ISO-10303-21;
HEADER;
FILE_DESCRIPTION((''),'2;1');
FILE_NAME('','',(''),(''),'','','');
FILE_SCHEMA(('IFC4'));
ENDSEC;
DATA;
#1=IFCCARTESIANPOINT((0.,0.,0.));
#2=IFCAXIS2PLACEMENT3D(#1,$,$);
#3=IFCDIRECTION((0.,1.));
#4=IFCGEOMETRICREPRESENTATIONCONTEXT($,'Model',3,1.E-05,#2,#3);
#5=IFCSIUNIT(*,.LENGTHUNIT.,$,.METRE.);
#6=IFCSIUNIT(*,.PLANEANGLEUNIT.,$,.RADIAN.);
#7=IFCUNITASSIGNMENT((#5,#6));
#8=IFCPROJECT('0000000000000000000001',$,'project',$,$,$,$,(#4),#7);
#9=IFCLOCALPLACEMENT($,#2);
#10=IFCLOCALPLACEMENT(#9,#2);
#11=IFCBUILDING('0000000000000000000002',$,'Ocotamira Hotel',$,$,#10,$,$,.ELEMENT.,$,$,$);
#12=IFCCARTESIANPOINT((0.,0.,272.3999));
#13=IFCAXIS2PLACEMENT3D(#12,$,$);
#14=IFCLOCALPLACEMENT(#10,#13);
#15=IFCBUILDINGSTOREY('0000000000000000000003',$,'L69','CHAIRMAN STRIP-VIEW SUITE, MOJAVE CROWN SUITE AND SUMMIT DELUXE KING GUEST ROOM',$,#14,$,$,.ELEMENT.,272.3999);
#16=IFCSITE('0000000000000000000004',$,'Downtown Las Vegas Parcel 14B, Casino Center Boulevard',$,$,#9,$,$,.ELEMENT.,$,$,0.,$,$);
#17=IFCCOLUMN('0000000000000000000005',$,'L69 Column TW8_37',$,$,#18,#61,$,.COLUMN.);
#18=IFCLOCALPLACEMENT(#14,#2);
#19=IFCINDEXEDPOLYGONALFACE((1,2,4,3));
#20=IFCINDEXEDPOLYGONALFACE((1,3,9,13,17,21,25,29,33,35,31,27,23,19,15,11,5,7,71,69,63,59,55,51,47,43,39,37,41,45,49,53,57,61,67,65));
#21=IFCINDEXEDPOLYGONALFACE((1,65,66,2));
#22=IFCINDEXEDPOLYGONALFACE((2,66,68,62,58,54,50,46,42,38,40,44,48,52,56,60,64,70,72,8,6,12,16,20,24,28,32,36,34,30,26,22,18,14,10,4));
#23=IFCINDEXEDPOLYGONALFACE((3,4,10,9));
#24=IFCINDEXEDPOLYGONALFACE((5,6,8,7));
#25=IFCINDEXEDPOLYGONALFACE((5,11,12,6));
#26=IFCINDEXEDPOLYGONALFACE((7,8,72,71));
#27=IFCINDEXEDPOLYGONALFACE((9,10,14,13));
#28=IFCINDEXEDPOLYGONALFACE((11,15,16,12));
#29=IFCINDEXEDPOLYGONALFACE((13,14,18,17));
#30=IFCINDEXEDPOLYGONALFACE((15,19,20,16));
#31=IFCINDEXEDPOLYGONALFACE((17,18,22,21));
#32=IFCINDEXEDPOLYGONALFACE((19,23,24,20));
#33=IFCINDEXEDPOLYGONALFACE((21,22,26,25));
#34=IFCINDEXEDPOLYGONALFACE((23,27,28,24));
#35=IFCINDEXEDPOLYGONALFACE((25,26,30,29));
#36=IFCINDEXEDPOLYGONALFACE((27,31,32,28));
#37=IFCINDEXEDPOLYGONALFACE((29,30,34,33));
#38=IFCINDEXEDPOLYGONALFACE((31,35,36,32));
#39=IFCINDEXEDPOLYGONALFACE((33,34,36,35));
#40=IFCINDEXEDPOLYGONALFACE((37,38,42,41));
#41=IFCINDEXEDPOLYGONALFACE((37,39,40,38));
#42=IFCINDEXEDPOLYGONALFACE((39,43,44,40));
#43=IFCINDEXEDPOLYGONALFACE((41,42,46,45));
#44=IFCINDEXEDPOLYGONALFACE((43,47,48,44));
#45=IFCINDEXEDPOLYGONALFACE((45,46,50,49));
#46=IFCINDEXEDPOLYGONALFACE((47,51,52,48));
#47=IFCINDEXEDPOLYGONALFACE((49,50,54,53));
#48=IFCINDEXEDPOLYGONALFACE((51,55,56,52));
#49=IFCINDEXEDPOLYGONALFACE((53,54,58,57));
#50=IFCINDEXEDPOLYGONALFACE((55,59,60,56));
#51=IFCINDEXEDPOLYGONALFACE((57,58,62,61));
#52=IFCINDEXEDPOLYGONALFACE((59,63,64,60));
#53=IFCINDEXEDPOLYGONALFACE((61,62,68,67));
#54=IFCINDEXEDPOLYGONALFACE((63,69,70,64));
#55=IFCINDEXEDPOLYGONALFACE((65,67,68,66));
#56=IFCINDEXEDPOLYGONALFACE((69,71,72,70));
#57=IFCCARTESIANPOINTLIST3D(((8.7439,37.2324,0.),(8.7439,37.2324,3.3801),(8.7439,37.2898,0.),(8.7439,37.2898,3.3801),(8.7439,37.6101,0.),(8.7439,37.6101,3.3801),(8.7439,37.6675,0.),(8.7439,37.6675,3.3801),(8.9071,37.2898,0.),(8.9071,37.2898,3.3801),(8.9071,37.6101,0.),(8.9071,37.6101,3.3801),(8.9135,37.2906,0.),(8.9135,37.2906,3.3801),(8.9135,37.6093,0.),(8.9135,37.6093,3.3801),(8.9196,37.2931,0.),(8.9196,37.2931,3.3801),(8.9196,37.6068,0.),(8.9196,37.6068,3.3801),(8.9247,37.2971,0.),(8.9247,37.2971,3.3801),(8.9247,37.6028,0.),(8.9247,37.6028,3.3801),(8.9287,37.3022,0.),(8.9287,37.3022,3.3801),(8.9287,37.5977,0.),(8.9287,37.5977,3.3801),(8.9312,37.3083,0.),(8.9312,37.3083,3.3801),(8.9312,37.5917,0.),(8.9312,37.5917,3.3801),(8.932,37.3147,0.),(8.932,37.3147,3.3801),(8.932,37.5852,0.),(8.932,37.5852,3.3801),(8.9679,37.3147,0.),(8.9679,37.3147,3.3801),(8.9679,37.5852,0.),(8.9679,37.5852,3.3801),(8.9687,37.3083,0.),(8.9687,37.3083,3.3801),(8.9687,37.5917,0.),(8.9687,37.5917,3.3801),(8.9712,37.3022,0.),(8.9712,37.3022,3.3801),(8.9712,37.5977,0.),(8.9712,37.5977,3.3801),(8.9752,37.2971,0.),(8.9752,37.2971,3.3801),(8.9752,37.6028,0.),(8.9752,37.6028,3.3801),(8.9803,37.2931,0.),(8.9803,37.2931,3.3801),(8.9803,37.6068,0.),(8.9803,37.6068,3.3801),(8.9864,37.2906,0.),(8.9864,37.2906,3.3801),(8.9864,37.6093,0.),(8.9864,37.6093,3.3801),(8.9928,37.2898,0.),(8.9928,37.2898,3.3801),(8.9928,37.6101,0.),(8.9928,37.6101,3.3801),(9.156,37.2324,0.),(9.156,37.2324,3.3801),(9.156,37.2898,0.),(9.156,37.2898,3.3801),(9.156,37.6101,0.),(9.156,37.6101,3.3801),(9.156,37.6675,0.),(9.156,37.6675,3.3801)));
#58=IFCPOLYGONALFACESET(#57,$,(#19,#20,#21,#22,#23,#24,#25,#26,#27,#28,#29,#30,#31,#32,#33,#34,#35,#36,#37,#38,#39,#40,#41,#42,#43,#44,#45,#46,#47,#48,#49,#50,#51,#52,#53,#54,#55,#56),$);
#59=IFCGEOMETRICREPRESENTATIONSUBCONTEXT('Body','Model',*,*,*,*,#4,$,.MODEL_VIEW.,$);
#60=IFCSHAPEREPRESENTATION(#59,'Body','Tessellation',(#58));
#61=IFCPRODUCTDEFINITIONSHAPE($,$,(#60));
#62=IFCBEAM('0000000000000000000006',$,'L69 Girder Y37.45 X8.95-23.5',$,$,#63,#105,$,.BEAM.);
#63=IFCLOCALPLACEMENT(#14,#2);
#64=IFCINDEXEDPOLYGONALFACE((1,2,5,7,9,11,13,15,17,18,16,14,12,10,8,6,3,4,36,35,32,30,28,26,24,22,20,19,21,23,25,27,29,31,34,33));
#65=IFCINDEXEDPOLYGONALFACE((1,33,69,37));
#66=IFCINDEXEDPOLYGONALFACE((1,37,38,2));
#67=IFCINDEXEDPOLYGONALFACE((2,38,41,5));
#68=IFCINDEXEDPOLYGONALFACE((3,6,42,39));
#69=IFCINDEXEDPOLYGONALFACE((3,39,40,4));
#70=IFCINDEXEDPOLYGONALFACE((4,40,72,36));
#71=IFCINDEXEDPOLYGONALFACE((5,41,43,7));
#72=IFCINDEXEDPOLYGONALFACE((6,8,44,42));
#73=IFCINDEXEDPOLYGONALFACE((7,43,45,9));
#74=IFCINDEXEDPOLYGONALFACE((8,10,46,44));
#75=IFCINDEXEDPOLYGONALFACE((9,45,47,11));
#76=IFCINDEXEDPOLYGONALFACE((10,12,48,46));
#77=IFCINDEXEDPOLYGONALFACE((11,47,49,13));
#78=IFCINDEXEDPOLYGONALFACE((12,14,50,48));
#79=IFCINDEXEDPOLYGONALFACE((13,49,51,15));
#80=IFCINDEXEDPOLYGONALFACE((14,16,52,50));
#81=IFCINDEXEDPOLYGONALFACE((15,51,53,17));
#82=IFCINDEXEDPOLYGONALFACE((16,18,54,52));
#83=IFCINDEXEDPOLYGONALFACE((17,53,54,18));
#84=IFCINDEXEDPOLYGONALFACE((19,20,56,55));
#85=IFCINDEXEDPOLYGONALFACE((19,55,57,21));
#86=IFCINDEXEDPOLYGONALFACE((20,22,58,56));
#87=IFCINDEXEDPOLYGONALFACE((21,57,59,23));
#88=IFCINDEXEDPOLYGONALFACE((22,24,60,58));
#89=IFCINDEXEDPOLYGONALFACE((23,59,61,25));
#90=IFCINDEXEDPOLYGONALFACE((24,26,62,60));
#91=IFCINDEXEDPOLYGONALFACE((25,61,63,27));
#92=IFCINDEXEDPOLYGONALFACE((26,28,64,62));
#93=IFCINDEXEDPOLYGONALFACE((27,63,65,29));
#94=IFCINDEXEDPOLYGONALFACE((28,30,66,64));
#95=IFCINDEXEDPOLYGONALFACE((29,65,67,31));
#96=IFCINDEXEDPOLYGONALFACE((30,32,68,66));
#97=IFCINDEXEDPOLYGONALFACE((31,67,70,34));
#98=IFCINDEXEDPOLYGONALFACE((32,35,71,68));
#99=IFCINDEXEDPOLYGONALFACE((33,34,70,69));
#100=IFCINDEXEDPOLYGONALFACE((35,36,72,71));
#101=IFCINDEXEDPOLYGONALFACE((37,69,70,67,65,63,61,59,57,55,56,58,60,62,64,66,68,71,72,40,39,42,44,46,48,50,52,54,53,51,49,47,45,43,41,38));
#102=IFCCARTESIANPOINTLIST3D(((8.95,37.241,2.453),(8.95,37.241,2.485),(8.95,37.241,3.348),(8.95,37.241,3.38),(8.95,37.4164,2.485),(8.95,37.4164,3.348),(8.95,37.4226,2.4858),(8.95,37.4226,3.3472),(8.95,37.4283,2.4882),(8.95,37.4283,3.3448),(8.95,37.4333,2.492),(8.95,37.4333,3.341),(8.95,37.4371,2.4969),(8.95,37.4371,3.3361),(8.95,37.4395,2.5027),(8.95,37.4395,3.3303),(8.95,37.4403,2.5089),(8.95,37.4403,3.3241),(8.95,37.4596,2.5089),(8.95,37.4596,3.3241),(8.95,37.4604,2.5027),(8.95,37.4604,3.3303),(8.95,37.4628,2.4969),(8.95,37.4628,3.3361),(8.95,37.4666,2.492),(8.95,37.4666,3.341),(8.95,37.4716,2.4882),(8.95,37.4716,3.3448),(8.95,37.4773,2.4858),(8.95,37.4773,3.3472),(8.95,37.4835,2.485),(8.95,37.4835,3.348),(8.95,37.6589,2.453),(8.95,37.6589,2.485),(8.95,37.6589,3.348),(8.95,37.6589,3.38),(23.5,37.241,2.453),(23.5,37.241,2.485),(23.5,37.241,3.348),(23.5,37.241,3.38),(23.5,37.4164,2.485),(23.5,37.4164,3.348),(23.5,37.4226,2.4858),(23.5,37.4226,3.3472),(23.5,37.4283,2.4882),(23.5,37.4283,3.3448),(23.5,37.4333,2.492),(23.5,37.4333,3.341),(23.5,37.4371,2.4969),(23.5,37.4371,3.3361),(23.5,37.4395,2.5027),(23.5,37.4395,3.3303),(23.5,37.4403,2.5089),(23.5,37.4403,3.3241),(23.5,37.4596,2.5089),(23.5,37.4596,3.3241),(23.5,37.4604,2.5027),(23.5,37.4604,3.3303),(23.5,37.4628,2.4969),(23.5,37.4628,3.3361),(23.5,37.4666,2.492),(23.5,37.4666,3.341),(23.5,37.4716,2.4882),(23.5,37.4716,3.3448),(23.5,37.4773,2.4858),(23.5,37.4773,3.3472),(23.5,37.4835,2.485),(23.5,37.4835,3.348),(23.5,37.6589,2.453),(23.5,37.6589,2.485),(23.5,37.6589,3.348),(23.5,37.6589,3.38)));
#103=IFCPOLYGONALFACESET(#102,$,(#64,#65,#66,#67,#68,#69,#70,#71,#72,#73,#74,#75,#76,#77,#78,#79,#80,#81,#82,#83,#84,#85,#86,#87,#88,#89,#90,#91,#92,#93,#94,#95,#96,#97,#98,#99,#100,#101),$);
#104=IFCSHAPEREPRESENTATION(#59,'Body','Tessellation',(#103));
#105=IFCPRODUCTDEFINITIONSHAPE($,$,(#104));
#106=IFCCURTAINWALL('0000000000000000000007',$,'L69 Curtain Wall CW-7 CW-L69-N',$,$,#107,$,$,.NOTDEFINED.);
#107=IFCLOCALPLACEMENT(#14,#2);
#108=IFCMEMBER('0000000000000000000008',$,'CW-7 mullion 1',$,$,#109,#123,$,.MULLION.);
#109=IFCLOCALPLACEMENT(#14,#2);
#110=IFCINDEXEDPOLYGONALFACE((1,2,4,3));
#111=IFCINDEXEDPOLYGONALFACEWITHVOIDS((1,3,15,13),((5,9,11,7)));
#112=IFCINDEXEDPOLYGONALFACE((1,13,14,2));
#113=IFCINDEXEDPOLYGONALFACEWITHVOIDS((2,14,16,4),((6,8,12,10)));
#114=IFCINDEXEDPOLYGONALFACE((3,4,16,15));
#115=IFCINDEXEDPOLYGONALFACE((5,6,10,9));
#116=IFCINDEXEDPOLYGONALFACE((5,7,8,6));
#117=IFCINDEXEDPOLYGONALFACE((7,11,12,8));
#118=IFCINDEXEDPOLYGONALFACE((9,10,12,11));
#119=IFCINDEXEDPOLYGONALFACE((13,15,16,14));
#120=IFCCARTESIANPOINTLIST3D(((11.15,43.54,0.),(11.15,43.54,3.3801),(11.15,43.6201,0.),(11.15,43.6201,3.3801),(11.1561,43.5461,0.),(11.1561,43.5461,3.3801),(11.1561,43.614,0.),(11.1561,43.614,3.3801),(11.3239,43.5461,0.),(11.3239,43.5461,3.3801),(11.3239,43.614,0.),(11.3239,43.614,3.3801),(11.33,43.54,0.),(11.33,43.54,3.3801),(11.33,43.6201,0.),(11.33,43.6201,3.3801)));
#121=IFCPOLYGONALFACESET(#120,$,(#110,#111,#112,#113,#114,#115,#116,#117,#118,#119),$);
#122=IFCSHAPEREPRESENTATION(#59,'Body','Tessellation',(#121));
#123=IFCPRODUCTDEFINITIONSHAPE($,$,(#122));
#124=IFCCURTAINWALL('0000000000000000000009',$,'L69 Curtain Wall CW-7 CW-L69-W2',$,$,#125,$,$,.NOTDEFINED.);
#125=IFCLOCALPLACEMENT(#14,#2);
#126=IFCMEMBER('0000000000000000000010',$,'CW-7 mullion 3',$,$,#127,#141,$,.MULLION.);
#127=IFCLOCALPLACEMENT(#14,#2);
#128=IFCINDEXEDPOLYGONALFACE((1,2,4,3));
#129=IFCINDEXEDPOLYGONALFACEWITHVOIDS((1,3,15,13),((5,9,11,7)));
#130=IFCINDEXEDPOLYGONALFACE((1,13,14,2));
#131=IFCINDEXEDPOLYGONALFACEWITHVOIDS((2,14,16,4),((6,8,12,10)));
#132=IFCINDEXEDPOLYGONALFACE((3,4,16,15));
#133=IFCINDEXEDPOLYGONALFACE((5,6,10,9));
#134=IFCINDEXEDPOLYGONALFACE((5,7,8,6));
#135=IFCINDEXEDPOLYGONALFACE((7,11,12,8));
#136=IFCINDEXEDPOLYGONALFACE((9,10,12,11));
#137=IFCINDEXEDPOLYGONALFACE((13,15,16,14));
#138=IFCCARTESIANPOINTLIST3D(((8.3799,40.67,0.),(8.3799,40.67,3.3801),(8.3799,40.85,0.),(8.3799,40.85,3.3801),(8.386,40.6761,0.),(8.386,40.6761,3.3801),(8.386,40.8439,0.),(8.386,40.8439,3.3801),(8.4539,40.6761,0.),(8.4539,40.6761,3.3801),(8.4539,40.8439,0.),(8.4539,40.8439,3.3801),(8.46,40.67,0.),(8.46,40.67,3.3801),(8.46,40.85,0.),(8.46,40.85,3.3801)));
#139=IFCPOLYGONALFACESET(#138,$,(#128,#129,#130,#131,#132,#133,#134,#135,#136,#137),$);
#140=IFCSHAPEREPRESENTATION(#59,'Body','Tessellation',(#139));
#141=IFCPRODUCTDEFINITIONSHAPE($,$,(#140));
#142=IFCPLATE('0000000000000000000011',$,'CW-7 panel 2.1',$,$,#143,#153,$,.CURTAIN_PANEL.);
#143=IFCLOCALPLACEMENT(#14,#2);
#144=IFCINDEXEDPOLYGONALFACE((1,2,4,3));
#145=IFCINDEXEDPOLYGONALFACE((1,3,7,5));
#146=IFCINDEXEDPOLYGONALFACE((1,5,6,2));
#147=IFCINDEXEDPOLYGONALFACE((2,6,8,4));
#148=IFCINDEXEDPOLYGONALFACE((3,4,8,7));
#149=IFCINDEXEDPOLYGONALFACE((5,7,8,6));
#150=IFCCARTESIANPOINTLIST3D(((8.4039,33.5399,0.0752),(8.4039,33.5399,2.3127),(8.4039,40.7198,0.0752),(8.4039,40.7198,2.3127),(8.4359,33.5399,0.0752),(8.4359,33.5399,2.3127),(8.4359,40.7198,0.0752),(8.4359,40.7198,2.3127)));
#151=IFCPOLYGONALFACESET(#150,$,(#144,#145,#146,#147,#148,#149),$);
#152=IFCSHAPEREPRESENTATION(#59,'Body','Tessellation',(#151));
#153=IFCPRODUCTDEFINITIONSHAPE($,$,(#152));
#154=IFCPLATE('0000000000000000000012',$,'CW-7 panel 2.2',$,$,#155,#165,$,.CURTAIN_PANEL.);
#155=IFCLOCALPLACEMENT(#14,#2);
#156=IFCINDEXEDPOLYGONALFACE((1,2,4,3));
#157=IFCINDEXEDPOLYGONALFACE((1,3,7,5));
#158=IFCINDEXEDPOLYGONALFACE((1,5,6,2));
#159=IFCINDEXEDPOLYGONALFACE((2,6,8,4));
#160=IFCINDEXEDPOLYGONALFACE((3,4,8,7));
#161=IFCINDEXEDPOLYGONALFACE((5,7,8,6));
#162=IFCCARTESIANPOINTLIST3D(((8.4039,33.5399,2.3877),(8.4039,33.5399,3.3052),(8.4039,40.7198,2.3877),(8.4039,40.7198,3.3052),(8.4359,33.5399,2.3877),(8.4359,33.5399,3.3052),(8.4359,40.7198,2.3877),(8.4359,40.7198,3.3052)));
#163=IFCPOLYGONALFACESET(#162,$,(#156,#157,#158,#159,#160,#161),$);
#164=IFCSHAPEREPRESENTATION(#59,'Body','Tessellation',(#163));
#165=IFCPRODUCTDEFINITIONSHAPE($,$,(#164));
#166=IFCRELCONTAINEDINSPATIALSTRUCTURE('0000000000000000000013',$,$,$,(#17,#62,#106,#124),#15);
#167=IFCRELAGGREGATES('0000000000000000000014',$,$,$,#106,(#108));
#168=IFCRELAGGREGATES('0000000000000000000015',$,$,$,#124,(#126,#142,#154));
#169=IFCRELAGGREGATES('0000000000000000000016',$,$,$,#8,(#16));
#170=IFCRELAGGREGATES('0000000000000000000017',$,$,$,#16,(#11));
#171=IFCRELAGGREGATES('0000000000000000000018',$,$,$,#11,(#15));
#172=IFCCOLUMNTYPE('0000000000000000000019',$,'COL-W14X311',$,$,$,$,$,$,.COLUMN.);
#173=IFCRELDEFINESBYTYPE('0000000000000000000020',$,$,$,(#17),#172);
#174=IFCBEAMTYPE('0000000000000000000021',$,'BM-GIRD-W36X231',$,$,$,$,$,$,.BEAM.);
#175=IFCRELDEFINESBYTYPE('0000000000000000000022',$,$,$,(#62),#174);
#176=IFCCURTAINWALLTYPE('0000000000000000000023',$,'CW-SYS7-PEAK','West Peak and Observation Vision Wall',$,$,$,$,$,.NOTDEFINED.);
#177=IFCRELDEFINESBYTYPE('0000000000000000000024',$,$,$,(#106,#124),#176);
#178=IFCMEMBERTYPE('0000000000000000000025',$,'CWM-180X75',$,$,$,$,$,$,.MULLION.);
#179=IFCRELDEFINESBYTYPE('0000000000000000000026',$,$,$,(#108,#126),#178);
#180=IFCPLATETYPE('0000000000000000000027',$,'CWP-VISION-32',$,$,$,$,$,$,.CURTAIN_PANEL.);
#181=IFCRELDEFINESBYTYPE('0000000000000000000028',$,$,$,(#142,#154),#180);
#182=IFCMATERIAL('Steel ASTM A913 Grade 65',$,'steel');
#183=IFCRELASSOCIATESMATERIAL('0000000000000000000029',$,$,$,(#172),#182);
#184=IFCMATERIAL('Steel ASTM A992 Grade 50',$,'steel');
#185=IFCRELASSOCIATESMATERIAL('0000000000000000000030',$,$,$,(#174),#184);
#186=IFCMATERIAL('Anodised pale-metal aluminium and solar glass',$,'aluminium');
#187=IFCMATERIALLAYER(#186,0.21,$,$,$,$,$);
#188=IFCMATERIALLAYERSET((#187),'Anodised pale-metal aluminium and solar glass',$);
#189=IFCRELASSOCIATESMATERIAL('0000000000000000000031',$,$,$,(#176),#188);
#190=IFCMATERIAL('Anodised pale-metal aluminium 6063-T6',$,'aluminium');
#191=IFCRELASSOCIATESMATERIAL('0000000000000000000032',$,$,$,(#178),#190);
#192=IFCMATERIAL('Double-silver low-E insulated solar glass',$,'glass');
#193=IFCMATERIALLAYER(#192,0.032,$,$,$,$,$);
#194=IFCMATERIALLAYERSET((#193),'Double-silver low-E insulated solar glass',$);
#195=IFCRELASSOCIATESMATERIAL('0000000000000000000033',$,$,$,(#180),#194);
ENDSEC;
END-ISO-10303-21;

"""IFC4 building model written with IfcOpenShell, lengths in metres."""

from ifc_helpers import new_model, si_unit, direction, frame, origin, origin_2d, place, context, subcontext, project, spatial, rectangle, hollow_rectangle, i_section, extrude, source, transform, mapped, material, layer, layer_set, material_profile, profile_set, type_object, element, aggregate, save


model = new_model("IFC4")

# Units and contexts
model_context = context("Model", 3, precision=1e-05, world=origin(), true_north=direction((0.0, 1.0)))
body_context = subcontext(model_context, "Body", "Model", "MODEL_VIEW")
ifc_project = project(units=[si_unit("LENGTHUNIT", "METRE"), si_unit("PLANEANGLEUNIT", "RADIAN")], contexts=[model_context])

# Site, building, storey
site_placement = place(None, origin())
site = spatial("IfcSite", under=ifc_project, at=site_placement, Name="Downtown Las Vegas Parcel 14B, Casino Center Boulevard", CompositionType="ELEMENT", RefElevation=0.0)
building_placement = place(site_placement, origin())
building = spatial("IfcBuilding", under=site, at=building_placement, Name="Ocotamira Hotel", CompositionType="ELEMENT")
storey_placement = place(building_placement, frame((0.0, 0.0, 272.3999)))
storey = spatial("IfcBuildingStorey", under=building, at=storey_placement, Name="L69", Description="CHAIRMAN STRIP-VIEW SUITE, MOJAVE CROWN SUITE AND SUMMIT DELUXE KING GUEST ROOM", CompositionType="ELEMENT", Elevation=272.3999)

# Column
ifc_material_1 = material(Name="Steel ASTM A913 Grade 65", Category="steel")
ifc_material_profile_1 = material_profile(ifc_material_1, i_section(OverallWidth=0.4121, OverallDepth=0.4351, WebThickness=0.0359, FlangeThickness=0.0574, FilletRadius=0.0249, at=origin_2d()), Name="W14X311")
ifc_profile_set_1 = profile_set([ifc_material_profile_1], Name="Steel ASTM A913 Grade 65")
column_type = type_object("IfcColumnType", Name="COL-W14X311", PredefinedType="COLUMN", material=ifc_profile_set_1)
shared_shape_1 = source(origin(), body_context, "Body", "SweptSolid", [
    extrude(i_section(OverallWidth=0.4121, OverallDepth=0.4351, WebThickness=0.0359, FlangeThickness=0.0574, FilletRadius=0.0249, at=origin_2d()), origin(), (0.0, 0.0, 1.0), 3.3801),
])
column_placement = place(storey_placement, frame((8.95, 37.45, 0.0), z_axis=(0.0, 0.0, 1.0), x_axis=(1.0, 0.0, 0.0)))
element("IfcColumn", 1, at=column_placement, inside=storey, type_object=column_type, Name="L69 Column TW8_37", PredefinedType="COLUMN", context=body_context, shape_type="MappedRepresentation", body=[
    mapped(shared_shape_1, transform((0.0, 0.0, 0.0), scale=1.0)),
])

# Beam
ifc_material_2 = material(Name="Steel ASTM A992 Grade 50", Category="steel")
ifc_material_profile_2 = material_profile(ifc_material_2, i_section(OverallWidth=0.418, OverallDepth=0.927, WebThickness=0.0193, FlangeThickness=0.032, FilletRadius=0.0239, at=origin_2d()), Name="W36X231")
ifc_profile_set_2 = profile_set([ifc_material_profile_2], Name="Steel ASTM A992 Grade 50")
beam_type = type_object("IfcBeamType", Name="BM-GIRD-W36X231", PredefinedType="BEAM", material=ifc_profile_set_2)
shared_shape_2 = source(origin(), body_context, "Body", "SweptSolid", [
    extrude(i_section(OverallWidth=0.418, OverallDepth=0.927, WebThickness=0.0193, FlangeThickness=0.032, FilletRadius=0.0239, at=origin_2d()), origin(), (0.0, 0.0, 1.0), 14.55),
])
beam_placement = place(storey_placement, frame((8.95, 37.45, 2.9165), z_axis=(1.0, 0.0, 0.0), x_axis=(0.0, 1.0, 0.0)))
element("IfcBeam", 2, at=beam_placement, inside=storey, type_object=beam_type, Name="L69 Girder Y37.45 X8.95-23.5", PredefinedType="BEAM", context=body_context, shape_type="MappedRepresentation", body=[
    mapped(shared_shape_2, transform((0.0, 0.0, 0.0), scale=1.0)),
])

# Curtain wall, member
ifc_material_3 = material(Name="Anodised pale-metal aluminium and solar glass", Category="aluminium")
ifc_layer_1 = layer(ifc_material_3, 0.21)
ifc_layer_set_1 = layer_set([ifc_layer_1], Name="Anodised pale-metal aluminium and solar glass")
curtain_wall_type = type_object("IfcCurtainWallType", Name="CW-SYS7-PEAK", Description="West Peak and Observation Vision Wall", PredefinedType="NOTDEFINED", material=ifc_layer_set_1)
curtain_wall_1_placement = place(storey_placement, origin())
curtain_wall_1 = element("IfcCurtainWall", 3, at=curtain_wall_1_placement, inside=storey, type_object=curtain_wall_type, Name="L69 Curtain Wall CW-7 CW-L69-N", PredefinedType="NOTDEFINED")
ifc_material_4 = material(Name="Anodised pale-metal aluminium 6063-T6", Category="aluminium")
ifc_material_profile_3 = material_profile(ifc_material_4, hollow_rectangle(XDim=0.0801, YDim=0.1799, WallThickness=0.0061, at=origin_2d()), Name="HSS180X80X6")
ifc_profile_set_3 = profile_set([ifc_material_profile_3], Name="Anodised pale-metal aluminium 6063-T6")
member_type = type_object("IfcMemberType", Name="CWM-180X75", PredefinedType="MULLION", material=ifc_profile_set_3)
shared_shape_3 = source(origin(), body_context, "Body", "SweptSolid", [
    extrude(hollow_rectangle(XDim=0.0801, YDim=0.1799, WallThickness=0.0061, at=origin_2d()), origin(), (0.0, 0.0, 1.0), 3.3801),
])
member_1_placement = place(storey_placement, frame((11.24, 43.5801, 0.0), z_axis=(0.0, 0.0, 1.0), x_axis=(0.0, 1.0, 0.0)))
member_1 = element("IfcMember", 4, at=member_1_placement, type_object=member_type, Name="CW-7 mullion 1", PredefinedType="MULLION", context=body_context, shape_type="MappedRepresentation", body=[
    mapped(shared_shape_3, transform((0.0, 0.0, 0.0), scale=1.0)),
])
aggregate(curtain_wall_1, [member_1])

# Curtain wall, member, plates
curtain_wall_2_placement = place(storey_placement, origin())
curtain_wall_2 = element("IfcCurtainWall", 5, at=curtain_wall_2_placement, inside=storey, type_object=curtain_wall_type, Name="L69 Curtain Wall CW-7 CW-L69-W2", PredefinedType="NOTDEFINED")
member_2_placement = place(storey_placement, frame((8.4199, 40.76, 0.0), z_axis=(0.0, 0.0, 1.0), x_axis=(-1.0, 0.0, 0.0)))
member_2 = element("IfcMember", 6, at=member_2_placement, type_object=member_type, Name="CW-7 mullion 3", PredefinedType="MULLION", context=body_context, shape_type="MappedRepresentation", body=[
    mapped(shared_shape_3, transform((0.0, 0.0, 0.0), scale=1.0)),
])
ifc_material_5 = material(Name="Double-silver low-E insulated solar glass", Category="glass")
ifc_layer_2 = layer(ifc_material_5, 0.032)
ifc_layer_set_2 = layer_set([ifc_layer_2], Name="Double-silver low-E insulated solar glass")
plate_type = type_object("IfcPlateType", Name="CWP-VISION-32", PredefinedType="CURTAIN_PANEL", material=ifc_layer_set_2)
shared_shape_4 = source(origin(), body_context, "Body", "SweptSolid", [
    extrude(rectangle(XDim=7.1799, YDim=0.032, at=origin_2d()), origin(), (0.0, 0.0, 1.0), 2.2375),
])
plate_1_placement = place(storey_placement, frame((8.4199, 37.1299, 0.0752), z_axis=(0.0, 0.0, 1.0), x_axis=(0.0, 1.0, 0.0)))
plate_1 = element("IfcPlate", 7, at=plate_1_placement, type_object=plate_type, Name="CW-7 panel 2.1", PredefinedType="CURTAIN_PANEL", context=body_context, shape_type="MappedRepresentation", body=[
    mapped(shared_shape_4, transform((0.0, 0.0, 0.0), scale=1.0)),
])
shared_shape_5 = source(origin(), body_context, "Body", "SweptSolid", [
    extrude(rectangle(XDim=7.1799, YDim=0.032, at=origin_2d()), origin(), (0.0, 0.0, 1.0), 0.9175),
])
plate_2_placement = place(storey_placement, frame((8.4199, 37.1299, 2.3877), z_axis=(0.0, 0.0, 1.0), x_axis=(0.0, 1.0, 0.0)))
plate_2 = element("IfcPlate", 8, at=plate_2_placement, type_object=plate_type, Name="CW-7 panel 2.2", PredefinedType="CURTAIN_PANEL", context=body_context, shape_type="MappedRepresentation", body=[
    mapped(shared_shape_5, transform((0.0, 0.0, 0.0), scale=1.0)),
])
aggregate(curtain_wall_2, [member_2, plate_1, plate_2])

save(model, "model.ifc")
